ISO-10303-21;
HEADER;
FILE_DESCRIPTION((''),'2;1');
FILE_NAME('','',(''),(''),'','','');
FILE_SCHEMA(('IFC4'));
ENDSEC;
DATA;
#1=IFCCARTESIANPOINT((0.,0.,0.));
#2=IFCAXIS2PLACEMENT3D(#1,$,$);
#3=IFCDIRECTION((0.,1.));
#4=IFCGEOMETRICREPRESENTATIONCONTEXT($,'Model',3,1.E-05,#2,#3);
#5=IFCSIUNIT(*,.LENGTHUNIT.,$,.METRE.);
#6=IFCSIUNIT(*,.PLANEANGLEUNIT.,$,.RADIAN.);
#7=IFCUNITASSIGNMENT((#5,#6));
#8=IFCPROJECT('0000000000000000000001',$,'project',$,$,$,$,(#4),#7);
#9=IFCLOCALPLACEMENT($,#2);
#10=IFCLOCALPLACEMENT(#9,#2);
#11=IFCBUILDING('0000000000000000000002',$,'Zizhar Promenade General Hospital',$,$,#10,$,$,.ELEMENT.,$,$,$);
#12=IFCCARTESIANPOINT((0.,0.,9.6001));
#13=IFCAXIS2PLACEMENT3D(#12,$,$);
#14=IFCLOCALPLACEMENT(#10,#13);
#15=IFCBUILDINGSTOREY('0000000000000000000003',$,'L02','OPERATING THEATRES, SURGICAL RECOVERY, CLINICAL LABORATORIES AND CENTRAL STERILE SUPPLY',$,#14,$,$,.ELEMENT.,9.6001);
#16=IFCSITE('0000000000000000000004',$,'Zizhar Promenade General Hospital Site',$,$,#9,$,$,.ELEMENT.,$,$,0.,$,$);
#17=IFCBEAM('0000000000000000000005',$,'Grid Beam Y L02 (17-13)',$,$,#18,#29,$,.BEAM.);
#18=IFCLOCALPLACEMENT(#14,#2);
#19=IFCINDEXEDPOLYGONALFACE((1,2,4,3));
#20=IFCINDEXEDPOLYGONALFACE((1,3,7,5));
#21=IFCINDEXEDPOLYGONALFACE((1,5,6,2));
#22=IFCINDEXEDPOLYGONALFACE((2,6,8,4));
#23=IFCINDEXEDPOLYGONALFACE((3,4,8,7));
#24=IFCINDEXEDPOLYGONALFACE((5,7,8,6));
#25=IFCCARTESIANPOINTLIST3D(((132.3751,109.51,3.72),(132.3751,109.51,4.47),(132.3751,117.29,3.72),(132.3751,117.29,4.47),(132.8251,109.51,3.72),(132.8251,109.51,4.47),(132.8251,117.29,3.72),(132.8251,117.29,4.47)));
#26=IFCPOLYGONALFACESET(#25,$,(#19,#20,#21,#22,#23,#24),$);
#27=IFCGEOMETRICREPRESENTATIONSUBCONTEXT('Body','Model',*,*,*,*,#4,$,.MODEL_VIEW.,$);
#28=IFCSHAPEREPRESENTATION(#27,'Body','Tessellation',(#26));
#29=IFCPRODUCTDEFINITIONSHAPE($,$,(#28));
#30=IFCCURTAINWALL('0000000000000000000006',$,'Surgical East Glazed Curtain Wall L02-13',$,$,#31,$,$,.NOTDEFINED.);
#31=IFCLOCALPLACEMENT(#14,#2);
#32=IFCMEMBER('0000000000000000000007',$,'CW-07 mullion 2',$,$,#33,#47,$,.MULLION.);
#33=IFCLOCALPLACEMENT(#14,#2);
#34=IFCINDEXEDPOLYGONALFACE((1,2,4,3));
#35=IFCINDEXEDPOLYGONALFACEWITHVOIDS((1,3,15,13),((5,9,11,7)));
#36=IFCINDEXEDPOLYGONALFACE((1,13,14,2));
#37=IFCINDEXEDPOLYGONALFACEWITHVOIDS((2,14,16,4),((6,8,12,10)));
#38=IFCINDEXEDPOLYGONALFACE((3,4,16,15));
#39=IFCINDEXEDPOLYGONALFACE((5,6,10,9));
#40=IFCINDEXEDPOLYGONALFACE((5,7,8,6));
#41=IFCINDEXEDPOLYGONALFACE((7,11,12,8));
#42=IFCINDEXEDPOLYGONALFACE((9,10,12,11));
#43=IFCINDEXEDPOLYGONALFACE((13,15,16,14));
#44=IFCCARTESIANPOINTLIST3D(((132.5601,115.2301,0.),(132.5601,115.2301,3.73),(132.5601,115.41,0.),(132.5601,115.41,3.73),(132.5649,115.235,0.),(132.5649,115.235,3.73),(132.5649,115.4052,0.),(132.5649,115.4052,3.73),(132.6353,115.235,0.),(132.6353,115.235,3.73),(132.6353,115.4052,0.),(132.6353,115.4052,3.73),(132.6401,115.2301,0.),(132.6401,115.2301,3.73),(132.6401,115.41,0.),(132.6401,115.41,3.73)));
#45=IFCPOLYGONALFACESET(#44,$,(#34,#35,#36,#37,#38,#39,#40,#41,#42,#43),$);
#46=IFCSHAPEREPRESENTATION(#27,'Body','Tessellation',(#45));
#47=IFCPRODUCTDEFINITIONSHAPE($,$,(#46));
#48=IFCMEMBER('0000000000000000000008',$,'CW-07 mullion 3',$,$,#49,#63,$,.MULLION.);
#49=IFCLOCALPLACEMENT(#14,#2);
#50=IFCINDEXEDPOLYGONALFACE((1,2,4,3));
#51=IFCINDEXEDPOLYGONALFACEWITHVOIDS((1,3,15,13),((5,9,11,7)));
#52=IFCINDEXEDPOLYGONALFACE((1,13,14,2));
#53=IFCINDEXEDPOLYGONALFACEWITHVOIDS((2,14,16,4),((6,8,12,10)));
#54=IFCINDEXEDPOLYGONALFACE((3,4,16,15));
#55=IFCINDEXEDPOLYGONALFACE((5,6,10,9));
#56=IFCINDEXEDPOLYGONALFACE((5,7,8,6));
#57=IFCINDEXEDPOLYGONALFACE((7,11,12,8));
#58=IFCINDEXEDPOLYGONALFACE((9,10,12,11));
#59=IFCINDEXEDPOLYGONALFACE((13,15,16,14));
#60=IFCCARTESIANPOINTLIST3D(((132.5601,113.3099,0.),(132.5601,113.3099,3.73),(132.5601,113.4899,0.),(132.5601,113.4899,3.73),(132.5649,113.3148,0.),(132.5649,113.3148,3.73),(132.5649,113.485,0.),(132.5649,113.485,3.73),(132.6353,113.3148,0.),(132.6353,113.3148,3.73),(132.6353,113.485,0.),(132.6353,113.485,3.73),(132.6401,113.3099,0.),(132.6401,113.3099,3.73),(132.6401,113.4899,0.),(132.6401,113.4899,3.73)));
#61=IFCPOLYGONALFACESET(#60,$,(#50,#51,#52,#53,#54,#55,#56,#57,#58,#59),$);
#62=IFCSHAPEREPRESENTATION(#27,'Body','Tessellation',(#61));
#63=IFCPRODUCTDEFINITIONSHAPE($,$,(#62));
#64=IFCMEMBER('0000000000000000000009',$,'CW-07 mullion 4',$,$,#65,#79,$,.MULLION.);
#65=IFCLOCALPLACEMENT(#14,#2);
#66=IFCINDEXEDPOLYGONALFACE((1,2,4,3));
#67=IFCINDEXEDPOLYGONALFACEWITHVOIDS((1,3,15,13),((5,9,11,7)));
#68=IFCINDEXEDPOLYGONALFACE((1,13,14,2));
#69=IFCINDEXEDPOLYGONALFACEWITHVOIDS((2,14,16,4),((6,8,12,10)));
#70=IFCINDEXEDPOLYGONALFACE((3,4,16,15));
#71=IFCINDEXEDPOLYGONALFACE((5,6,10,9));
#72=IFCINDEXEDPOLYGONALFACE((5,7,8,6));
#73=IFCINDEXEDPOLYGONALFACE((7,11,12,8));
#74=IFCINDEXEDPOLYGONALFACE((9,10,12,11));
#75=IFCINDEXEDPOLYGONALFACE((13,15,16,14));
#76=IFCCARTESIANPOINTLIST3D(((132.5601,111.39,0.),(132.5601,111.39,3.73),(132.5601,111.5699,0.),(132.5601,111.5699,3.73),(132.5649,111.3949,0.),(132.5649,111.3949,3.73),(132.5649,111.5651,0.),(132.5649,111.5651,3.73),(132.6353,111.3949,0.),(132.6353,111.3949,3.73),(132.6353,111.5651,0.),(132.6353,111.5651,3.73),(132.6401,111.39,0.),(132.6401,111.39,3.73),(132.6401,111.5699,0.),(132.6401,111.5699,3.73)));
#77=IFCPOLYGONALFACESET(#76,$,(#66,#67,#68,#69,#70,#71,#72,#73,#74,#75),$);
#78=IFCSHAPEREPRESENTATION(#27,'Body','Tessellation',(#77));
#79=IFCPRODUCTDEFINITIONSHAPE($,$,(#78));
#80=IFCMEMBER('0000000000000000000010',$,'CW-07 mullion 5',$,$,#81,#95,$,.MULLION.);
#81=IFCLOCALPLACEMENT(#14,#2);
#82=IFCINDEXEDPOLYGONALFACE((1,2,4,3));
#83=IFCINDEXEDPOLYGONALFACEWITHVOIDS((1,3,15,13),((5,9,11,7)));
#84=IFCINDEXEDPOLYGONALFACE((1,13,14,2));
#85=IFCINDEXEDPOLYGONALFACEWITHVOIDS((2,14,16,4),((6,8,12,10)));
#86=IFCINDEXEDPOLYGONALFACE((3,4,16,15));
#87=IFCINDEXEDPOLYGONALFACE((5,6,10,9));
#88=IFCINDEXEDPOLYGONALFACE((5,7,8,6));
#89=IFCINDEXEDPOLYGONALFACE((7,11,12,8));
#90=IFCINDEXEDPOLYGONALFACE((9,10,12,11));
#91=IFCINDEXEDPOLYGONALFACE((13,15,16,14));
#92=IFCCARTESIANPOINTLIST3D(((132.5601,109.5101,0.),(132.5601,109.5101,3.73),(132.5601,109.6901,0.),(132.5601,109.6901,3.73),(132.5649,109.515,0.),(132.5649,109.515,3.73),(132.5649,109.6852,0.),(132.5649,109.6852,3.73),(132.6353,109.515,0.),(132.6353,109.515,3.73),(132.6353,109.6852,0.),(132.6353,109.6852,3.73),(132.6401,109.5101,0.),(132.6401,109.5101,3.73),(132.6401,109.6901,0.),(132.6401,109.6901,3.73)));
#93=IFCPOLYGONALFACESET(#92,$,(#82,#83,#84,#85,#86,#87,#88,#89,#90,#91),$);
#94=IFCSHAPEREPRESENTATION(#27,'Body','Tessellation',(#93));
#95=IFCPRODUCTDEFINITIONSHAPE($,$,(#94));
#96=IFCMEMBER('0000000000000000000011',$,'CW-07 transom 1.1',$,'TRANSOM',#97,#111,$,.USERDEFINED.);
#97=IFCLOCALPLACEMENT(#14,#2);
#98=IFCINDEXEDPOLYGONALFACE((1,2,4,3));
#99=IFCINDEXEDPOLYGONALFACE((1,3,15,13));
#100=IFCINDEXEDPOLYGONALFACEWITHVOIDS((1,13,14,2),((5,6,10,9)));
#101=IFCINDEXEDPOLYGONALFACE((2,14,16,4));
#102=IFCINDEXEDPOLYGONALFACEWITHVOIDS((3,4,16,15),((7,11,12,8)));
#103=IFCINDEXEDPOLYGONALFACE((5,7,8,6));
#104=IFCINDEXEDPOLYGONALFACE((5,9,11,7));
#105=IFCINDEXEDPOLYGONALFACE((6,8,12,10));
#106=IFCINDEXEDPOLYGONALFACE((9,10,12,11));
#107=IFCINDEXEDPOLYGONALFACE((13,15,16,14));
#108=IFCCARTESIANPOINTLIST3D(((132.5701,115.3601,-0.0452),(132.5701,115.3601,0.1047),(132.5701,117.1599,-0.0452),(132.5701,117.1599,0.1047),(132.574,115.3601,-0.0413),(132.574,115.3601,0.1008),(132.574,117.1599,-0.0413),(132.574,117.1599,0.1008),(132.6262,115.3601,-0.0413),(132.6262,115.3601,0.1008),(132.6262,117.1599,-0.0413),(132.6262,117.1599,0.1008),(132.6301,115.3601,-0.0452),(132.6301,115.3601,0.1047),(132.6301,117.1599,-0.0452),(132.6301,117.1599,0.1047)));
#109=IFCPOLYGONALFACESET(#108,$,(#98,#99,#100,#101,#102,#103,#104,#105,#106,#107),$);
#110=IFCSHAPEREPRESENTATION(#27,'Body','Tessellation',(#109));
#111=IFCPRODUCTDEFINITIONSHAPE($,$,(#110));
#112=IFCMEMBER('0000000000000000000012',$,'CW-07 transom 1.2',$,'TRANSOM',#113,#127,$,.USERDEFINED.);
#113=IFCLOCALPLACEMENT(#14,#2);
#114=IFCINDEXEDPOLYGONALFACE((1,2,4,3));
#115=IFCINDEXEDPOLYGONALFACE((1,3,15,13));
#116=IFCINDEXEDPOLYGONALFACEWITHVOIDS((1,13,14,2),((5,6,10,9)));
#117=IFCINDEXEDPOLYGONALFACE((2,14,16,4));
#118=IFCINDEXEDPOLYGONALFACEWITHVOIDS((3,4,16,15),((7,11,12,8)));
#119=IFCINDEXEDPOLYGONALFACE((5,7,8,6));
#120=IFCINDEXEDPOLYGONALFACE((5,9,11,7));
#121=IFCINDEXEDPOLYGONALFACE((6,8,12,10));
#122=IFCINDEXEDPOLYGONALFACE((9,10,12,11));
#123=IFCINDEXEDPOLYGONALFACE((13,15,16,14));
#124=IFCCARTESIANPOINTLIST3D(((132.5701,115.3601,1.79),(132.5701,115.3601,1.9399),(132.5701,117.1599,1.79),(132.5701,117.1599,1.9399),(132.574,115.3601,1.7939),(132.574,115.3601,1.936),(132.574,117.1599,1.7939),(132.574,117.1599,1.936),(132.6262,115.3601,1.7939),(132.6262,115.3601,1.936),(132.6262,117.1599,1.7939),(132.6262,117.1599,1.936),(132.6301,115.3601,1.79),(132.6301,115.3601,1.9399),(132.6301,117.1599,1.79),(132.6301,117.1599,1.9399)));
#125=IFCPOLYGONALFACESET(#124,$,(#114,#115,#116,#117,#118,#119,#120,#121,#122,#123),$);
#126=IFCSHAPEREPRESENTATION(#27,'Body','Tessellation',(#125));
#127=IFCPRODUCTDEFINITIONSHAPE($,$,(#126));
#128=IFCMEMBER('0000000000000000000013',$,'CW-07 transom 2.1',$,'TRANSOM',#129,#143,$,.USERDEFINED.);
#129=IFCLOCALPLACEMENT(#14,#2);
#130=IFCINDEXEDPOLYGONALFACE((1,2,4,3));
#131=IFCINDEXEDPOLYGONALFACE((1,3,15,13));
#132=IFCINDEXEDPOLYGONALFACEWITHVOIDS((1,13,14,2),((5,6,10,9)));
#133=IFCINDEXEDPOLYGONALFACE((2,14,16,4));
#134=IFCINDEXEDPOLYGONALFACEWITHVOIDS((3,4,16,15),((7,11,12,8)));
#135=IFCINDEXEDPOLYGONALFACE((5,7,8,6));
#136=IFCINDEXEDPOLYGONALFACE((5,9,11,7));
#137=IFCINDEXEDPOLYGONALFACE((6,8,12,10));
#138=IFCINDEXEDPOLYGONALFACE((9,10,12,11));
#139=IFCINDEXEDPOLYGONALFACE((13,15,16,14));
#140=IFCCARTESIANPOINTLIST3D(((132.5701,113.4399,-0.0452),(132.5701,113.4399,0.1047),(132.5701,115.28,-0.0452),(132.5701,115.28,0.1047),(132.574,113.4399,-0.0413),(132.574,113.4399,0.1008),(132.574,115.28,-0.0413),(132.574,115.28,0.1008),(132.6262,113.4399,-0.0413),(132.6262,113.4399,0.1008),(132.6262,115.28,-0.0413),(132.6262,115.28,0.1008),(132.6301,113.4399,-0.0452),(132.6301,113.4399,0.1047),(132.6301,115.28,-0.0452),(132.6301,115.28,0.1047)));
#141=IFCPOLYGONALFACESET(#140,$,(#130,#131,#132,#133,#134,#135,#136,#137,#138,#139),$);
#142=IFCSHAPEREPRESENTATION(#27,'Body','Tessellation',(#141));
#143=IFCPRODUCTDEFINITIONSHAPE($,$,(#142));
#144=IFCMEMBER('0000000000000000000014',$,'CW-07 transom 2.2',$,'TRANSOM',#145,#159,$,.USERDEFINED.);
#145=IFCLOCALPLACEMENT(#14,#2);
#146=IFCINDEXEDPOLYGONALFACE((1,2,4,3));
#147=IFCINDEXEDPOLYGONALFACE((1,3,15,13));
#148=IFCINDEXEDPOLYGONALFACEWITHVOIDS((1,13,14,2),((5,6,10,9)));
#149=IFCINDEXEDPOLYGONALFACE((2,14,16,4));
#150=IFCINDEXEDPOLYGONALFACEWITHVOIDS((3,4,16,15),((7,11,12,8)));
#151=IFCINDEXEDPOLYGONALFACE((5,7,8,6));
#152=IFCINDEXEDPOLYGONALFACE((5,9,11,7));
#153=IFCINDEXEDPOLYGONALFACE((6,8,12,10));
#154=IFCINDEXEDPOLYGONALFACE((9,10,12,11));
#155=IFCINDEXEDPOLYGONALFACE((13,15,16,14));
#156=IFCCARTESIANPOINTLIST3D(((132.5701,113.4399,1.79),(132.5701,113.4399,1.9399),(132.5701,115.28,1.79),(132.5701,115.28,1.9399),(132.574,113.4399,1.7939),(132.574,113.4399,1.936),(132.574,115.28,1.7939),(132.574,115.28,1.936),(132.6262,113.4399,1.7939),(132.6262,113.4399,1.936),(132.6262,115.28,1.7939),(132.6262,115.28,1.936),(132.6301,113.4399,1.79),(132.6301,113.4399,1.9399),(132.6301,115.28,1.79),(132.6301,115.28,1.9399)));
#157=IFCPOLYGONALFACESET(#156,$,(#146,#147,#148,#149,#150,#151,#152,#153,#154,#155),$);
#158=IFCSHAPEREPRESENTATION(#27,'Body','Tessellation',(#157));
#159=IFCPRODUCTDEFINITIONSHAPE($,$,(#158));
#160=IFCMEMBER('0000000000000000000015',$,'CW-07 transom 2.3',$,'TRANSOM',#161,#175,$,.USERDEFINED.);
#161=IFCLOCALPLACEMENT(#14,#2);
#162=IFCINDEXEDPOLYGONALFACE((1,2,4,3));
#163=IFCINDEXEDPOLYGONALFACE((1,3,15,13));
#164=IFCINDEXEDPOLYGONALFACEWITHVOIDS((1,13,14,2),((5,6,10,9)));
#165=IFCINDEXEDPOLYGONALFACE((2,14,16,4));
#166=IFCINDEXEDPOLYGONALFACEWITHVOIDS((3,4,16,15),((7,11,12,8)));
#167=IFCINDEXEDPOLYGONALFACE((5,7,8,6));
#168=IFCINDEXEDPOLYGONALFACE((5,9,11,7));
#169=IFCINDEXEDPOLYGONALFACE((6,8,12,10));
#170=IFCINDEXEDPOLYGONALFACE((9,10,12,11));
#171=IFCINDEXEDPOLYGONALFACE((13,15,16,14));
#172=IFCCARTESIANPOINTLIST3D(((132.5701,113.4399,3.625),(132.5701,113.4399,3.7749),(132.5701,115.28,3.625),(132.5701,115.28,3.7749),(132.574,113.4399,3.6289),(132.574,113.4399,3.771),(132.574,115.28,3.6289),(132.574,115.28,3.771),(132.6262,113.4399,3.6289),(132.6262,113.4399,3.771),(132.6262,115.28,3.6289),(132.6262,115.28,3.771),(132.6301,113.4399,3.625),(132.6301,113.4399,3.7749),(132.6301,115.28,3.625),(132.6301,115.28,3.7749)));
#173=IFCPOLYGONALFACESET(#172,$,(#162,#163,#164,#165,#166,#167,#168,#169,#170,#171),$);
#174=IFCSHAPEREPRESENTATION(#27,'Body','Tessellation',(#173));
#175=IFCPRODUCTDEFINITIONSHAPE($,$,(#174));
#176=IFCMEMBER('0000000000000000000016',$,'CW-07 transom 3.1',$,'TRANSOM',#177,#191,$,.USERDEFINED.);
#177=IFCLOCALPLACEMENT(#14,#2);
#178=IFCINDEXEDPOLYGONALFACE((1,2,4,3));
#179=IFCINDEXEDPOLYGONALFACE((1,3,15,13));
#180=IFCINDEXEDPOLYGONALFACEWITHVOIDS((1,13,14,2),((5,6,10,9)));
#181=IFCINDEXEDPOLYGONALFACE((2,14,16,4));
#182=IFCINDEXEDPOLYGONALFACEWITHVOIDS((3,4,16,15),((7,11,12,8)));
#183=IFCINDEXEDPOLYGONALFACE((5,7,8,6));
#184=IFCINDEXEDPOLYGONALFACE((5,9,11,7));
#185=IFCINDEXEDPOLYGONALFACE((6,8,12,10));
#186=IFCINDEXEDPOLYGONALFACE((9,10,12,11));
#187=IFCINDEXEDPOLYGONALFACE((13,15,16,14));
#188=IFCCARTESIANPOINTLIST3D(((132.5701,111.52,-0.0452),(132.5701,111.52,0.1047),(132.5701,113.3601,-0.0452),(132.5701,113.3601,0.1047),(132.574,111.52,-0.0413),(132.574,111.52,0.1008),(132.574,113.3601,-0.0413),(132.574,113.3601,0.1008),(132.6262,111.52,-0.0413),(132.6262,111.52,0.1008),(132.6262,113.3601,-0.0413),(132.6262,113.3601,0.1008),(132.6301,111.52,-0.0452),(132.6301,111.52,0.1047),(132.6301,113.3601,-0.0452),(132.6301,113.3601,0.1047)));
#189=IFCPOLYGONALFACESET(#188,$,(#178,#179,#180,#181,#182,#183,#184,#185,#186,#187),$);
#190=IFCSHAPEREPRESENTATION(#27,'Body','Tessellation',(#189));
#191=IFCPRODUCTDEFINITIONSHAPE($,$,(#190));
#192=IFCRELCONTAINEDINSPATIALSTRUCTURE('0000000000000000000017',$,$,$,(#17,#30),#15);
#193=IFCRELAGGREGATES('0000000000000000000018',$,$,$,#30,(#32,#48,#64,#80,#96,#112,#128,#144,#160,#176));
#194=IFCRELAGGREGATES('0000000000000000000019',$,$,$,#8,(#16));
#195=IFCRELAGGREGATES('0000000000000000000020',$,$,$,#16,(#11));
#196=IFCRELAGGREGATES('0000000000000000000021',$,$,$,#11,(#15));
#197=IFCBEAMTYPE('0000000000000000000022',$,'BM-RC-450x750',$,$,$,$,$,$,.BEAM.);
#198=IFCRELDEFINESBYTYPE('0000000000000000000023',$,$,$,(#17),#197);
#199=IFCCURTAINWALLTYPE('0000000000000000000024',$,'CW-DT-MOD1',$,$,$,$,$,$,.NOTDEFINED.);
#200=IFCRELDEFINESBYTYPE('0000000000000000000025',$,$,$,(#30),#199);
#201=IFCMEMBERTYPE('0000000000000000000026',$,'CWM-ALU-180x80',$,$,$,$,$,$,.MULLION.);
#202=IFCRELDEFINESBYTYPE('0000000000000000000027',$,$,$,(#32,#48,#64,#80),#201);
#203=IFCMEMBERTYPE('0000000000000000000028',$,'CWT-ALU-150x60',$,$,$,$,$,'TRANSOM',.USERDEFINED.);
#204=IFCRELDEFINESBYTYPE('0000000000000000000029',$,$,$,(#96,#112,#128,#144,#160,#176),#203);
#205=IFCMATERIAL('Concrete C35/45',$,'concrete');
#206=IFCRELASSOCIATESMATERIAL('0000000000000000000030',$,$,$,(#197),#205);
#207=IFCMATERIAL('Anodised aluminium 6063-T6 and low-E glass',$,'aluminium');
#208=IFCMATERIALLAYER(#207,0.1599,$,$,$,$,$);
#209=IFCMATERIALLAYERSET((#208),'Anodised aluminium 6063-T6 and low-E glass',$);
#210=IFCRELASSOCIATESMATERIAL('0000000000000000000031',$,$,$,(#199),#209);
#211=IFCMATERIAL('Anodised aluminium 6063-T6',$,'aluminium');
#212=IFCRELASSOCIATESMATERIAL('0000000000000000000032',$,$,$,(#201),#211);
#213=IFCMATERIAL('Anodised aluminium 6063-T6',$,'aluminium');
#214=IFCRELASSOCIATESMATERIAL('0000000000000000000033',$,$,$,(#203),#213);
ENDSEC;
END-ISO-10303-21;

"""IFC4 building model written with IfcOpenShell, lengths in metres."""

from ifc_helpers import new_model, si_unit, direction, frame, origin, origin_2d, place, context, subcontext, project, spatial, rectangle, hollow_rectangle, extrude, material, layer, layer_set, material_profile, profile_set, type_object, element, aggregate, save


model = new_model("IFC4")

# Units and contexts
model_context = context("Model", 3, precision=1e-05, world=origin(), true_north=direction((0.0, 1.0)))
body_context = subcontext(model_context, "Body", "Model", "MODEL_VIEW")
ifc_project = project(units=[si_unit("LENGTHUNIT", "METRE"), si_unit("PLANEANGLEUNIT", "RADIAN")], contexts=[model_context])

# Site, building, storey
site_placement = place(None, origin())
site = spatial("IfcSite", under=ifc_project, at=site_placement, Name="Zizhar Promenade General Hospital Site", CompositionType="ELEMENT", RefElevation=0.0)
building_placement = place(site_placement, origin())
building = spatial("IfcBuilding", under=site, at=building_placement, Name="Zizhar Promenade General Hospital", CompositionType="ELEMENT")
storey_placement = place(building_placement, frame((0.0, 0.0, 9.6001)))
storey = spatial("IfcBuildingStorey", under=building, at=storey_placement, Name="L02", Description="OPERATING THEATRES, SURGICAL RECOVERY, CLINICAL LABORATORIES AND CENTRAL STERILE SUPPLY", CompositionType="ELEMENT", Elevation=9.6001)

# Beam
ifc_material_1 = material(Name="Concrete C35/45", Category="concrete")
ifc_material_profile_1 = material_profile(ifc_material_1, rectangle(XDim=0.45, YDim=0.75, at=origin_2d()))
ifc_profile_set_1 = profile_set([ifc_material_profile_1], Name="Concrete C35/45")
beam_type = type_object("IfcBeamType", Name="BM-RC-450x750", PredefinedType="BEAM", material=ifc_profile_set_1)
beam_placement = place(storey_placement, frame((132.6001, 109.51, 4.095), z_axis=(0.0, 1.0, 0.0), x_axis=(-1.0, 0.0, 0.0)))
element("IfcBeam", 1, at=beam_placement, inside=storey, type_object=beam_type, Name="Grid Beam Y L02 (17-13)", PredefinedType="BEAM", context=body_context, shape_type="SweptSolid", body=[
    extrude(rectangle(XDim=0.45, YDim=0.75, at=origin_2d()), origin(), (0.0, 0.0, 1.0), 7.78),
])

# Curtain wall, members
ifc_material_2 = material(Name="Anodised aluminium 6063-T6 and low-E glass", Category="aluminium")
ifc_layer_1 = layer(ifc_material_2, 0.1599)
ifc_layer_set_1 = layer_set([ifc_layer_1], Name="Anodised aluminium 6063-T6 and low-E glass")
curtain_wall_type = type_object("IfcCurtainWallType", Name="CW-DT-MOD1", PredefinedType="NOTDEFINED", material=ifc_layer_set_1)
curtain_wall_placement = place(storey_placement, origin())
curtain_wall = element("IfcCurtainWall", 2, at=curtain_wall_placement, inside=storey, type_object=curtain_wall_type, Name="Surgical East Glazed Curtain Wall L02-13", PredefinedType="NOTDEFINED")
ifc_material_3 = material(Name="Anodised aluminium 6063-T6", Category="aluminium")
ifc_material_profile_2 = material_profile(ifc_material_3, hollow_rectangle(XDim=0.0801, YDim=0.1799, WallThickness=0.0049, at=origin_2d()))
ifc_profile_set_2 = profile_set([ifc_material_profile_2], Name="Anodised aluminium 6063-T6")
member_type_1 = type_object("IfcMemberType", Name="CWM-ALU-180x80", PredefinedType="MULLION", material=ifc_profile_set_2)
member_1_placement = place(storey_placement, frame((132.6001, 115.3201, 0.0), z_axis=(0.0, 0.0, 1.0), x_axis=(1.0, 0.0, 0.0)))
member_1 = element("IfcMember", 3, at=member_1_placement, type_object=member_type_1, Name="CW-07 mullion 2", PredefinedType="MULLION", context=body_context, shape_type="SweptSolid", body=[
    extrude(hollow_rectangle(XDim=0.0801, YDim=0.1799, WallThickness=0.0049, at=origin_2d()), origin(), (0.0, 0.0, 1.0), 3.73),
])
member_2_placement = place(storey_placement, frame((132.6001, 113.3999, 0.0), z_axis=(0.0, 0.0, 1.0), x_axis=(1.0, 0.0, 0.0)))
member_2 = element("IfcMember", 4, at=member_2_placement, type_object=member_type_1, Name="CW-07 mullion 3", PredefinedType="MULLION", context=body_context, shape_type="SweptSolid", body=[
    extrude(hollow_rectangle(XDim=0.0801, YDim=0.1799, WallThickness=0.0049, at=origin_2d()), origin(), (0.0, 0.0, 1.0), 3.73),
])
member_3_placement = place(storey_placement, frame((132.6001, 111.48, 0.0), z_axis=(0.0, 0.0, 1.0), x_axis=(1.0, 0.0, 0.0)))
member_3 = element("IfcMember", 5, at=member_3_placement, type_object=member_type_1, Name="CW-07 mullion 4", PredefinedType="MULLION", context=body_context, shape_type="SweptSolid", body=[
    extrude(hollow_rectangle(XDim=0.0801, YDim=0.1799, WallThickness=0.0049, at=origin_2d()), origin(), (0.0, 0.0, 1.0), 3.73),
])
member_4_placement = place(storey_placement, frame((132.6001, 109.6001, 0.0), z_axis=(0.0, 0.0, 1.0), x_axis=(1.0, 0.0, 0.0)))
member_4 = element("IfcMember", 6, at=member_4_placement, type_object=member_type_1, Name="CW-07 mullion 5", PredefinedType="MULLION", context=body_context, shape_type="SweptSolid", body=[
    extrude(hollow_rectangle(XDim=0.0801, YDim=0.1799, WallThickness=0.0049, at=origin_2d()), origin(), (0.0, 0.0, 1.0), 3.73),
])
ifc_material_4 = material(Name="Anodised aluminium 6063-T6", Category="aluminium")
ifc_material_profile_3 = material_profile(ifc_material_4, hollow_rectangle(XDim=0.0601, YDim=0.1499, WallThickness=0.0039, at=origin_2d()))
ifc_profile_set_3 = profile_set([ifc_material_profile_3], Name="Anodised aluminium 6063-T6")
member_type_2 = type_object("IfcMemberType", Name="CWT-ALU-150x60", ElementType="TRANSOM", PredefinedType="USERDEFINED", material=ifc_profile_set_3)
member_5_placement = place(storey_placement, frame((132.6001, 117.1599, 0.0298), z_axis=(0.0, -1.0, 0.0), x_axis=(1.0, 0.0, 0.0)))
member_5 = element("IfcMember", 7, at=member_5_placement, type_object=member_type_2, Name="CW-07 transom 1.1", ObjectType="TRANSOM", PredefinedType="USERDEFINED", context=body_context, shape_type="SweptSolid", body=[
    extrude(hollow_rectangle(XDim=0.0601, YDim=0.1499, WallThickness=0.0039, at=origin_2d()), origin(), (0.0, 0.0, 1.0), 1.7998),
])
member_6_placement = place(storey_placement, frame((132.6001, 117.1599, 1.865), z_axis=(0.0, -1.0, 0.0), x_axis=(1.0, 0.0, 0.0)))
member_6 = element("IfcMember", 8, at=member_6_placement, type_object=member_type_2, Name="CW-07 transom 1.2", ObjectType="TRANSOM", PredefinedType="USERDEFINED", context=body_context, shape_type="SweptSolid", body=[
    extrude(hollow_rectangle(XDim=0.0601, YDim=0.1499, WallThickness=0.0039, at=origin_2d()), origin(), (0.0, 0.0, 1.0), 1.7998),
])
member_7_placement = place(storey_placement, frame((132.6001, 115.28, 0.0298), z_axis=(0.0, -1.0, 0.0), x_axis=(1.0, 0.0, 0.0)))
member_7 = element("IfcMember", 9, at=member_7_placement, type_object=member_type_2, Name="CW-07 transom 2.1", ObjectType="TRANSOM", PredefinedType="USERDEFINED", context=body_context, shape_type="SweptSolid", body=[
    extrude(hollow_rectangle(XDim=0.0601, YDim=0.1499, WallThickness=0.0039, at=origin_2d()), origin(), (0.0, 0.0, 1.0), 1.8401),
])
member_8_placement = place(storey_placement, frame((132.6001, 115.28, 1.865), z_axis=(0.0, -1.0, 0.0), x_axis=(1.0, 0.0, 0.0)))
member_8 = element("IfcMember", 10, at=member_8_placement, type_object=member_type_2, Name="CW-07 transom 2.2", ObjectType="TRANSOM", PredefinedType="USERDEFINED", context=body_context, shape_type="SweptSolid", body=[
    extrude(hollow_rectangle(XDim=0.0601, YDim=0.1499, WallThickness=0.0039, at=origin_2d()), origin(), (0.0, 0.0, 1.0), 1.8401),
])
member_9_placement = place(storey_placement, frame((132.6001, 115.28, 3.7), z_axis=(0.0, -1.0, 0.0), x_axis=(1.0, 0.0, 0.0)))
member_9 = element("IfcMember", 11, at=member_9_placement, type_object=member_type_2, Name="CW-07 transom 2.3", ObjectType="TRANSOM", PredefinedType="USERDEFINED", context=body_context, shape_type="SweptSolid", body=[
    extrude(hollow_rectangle(XDim=0.0601, YDim=0.1499, WallThickness=0.0039, at=origin_2d()), origin(), (0.0, 0.0, 1.0), 1.8401),
])
member_10_placement = place(storey_placement, frame((132.6001, 113.3601, 0.0298), z_axis=(0.0, -1.0, 0.0), x_axis=(1.0, 0.0, 0.0)))
member_10 = element("IfcMember", 12, at=member_10_placement, type_object=member_type_2, Name="CW-07 transom 3.1", ObjectType="TRANSOM", PredefinedType="USERDEFINED", context=body_context, shape_type="SweptSolid", body=[
    extrude(hollow_rectangle(XDim=0.0601, YDim=0.1499, WallThickness=0.0039, at=origin_2d()), origin(), (0.0, 0.0, 1.0), 1.8401),
])
aggregate(curtain_wall, [member_1, member_2, member_3, member_4, member_5, member_6, member_7, member_8, member_9, member_10])

save(model, "model.ifc")
